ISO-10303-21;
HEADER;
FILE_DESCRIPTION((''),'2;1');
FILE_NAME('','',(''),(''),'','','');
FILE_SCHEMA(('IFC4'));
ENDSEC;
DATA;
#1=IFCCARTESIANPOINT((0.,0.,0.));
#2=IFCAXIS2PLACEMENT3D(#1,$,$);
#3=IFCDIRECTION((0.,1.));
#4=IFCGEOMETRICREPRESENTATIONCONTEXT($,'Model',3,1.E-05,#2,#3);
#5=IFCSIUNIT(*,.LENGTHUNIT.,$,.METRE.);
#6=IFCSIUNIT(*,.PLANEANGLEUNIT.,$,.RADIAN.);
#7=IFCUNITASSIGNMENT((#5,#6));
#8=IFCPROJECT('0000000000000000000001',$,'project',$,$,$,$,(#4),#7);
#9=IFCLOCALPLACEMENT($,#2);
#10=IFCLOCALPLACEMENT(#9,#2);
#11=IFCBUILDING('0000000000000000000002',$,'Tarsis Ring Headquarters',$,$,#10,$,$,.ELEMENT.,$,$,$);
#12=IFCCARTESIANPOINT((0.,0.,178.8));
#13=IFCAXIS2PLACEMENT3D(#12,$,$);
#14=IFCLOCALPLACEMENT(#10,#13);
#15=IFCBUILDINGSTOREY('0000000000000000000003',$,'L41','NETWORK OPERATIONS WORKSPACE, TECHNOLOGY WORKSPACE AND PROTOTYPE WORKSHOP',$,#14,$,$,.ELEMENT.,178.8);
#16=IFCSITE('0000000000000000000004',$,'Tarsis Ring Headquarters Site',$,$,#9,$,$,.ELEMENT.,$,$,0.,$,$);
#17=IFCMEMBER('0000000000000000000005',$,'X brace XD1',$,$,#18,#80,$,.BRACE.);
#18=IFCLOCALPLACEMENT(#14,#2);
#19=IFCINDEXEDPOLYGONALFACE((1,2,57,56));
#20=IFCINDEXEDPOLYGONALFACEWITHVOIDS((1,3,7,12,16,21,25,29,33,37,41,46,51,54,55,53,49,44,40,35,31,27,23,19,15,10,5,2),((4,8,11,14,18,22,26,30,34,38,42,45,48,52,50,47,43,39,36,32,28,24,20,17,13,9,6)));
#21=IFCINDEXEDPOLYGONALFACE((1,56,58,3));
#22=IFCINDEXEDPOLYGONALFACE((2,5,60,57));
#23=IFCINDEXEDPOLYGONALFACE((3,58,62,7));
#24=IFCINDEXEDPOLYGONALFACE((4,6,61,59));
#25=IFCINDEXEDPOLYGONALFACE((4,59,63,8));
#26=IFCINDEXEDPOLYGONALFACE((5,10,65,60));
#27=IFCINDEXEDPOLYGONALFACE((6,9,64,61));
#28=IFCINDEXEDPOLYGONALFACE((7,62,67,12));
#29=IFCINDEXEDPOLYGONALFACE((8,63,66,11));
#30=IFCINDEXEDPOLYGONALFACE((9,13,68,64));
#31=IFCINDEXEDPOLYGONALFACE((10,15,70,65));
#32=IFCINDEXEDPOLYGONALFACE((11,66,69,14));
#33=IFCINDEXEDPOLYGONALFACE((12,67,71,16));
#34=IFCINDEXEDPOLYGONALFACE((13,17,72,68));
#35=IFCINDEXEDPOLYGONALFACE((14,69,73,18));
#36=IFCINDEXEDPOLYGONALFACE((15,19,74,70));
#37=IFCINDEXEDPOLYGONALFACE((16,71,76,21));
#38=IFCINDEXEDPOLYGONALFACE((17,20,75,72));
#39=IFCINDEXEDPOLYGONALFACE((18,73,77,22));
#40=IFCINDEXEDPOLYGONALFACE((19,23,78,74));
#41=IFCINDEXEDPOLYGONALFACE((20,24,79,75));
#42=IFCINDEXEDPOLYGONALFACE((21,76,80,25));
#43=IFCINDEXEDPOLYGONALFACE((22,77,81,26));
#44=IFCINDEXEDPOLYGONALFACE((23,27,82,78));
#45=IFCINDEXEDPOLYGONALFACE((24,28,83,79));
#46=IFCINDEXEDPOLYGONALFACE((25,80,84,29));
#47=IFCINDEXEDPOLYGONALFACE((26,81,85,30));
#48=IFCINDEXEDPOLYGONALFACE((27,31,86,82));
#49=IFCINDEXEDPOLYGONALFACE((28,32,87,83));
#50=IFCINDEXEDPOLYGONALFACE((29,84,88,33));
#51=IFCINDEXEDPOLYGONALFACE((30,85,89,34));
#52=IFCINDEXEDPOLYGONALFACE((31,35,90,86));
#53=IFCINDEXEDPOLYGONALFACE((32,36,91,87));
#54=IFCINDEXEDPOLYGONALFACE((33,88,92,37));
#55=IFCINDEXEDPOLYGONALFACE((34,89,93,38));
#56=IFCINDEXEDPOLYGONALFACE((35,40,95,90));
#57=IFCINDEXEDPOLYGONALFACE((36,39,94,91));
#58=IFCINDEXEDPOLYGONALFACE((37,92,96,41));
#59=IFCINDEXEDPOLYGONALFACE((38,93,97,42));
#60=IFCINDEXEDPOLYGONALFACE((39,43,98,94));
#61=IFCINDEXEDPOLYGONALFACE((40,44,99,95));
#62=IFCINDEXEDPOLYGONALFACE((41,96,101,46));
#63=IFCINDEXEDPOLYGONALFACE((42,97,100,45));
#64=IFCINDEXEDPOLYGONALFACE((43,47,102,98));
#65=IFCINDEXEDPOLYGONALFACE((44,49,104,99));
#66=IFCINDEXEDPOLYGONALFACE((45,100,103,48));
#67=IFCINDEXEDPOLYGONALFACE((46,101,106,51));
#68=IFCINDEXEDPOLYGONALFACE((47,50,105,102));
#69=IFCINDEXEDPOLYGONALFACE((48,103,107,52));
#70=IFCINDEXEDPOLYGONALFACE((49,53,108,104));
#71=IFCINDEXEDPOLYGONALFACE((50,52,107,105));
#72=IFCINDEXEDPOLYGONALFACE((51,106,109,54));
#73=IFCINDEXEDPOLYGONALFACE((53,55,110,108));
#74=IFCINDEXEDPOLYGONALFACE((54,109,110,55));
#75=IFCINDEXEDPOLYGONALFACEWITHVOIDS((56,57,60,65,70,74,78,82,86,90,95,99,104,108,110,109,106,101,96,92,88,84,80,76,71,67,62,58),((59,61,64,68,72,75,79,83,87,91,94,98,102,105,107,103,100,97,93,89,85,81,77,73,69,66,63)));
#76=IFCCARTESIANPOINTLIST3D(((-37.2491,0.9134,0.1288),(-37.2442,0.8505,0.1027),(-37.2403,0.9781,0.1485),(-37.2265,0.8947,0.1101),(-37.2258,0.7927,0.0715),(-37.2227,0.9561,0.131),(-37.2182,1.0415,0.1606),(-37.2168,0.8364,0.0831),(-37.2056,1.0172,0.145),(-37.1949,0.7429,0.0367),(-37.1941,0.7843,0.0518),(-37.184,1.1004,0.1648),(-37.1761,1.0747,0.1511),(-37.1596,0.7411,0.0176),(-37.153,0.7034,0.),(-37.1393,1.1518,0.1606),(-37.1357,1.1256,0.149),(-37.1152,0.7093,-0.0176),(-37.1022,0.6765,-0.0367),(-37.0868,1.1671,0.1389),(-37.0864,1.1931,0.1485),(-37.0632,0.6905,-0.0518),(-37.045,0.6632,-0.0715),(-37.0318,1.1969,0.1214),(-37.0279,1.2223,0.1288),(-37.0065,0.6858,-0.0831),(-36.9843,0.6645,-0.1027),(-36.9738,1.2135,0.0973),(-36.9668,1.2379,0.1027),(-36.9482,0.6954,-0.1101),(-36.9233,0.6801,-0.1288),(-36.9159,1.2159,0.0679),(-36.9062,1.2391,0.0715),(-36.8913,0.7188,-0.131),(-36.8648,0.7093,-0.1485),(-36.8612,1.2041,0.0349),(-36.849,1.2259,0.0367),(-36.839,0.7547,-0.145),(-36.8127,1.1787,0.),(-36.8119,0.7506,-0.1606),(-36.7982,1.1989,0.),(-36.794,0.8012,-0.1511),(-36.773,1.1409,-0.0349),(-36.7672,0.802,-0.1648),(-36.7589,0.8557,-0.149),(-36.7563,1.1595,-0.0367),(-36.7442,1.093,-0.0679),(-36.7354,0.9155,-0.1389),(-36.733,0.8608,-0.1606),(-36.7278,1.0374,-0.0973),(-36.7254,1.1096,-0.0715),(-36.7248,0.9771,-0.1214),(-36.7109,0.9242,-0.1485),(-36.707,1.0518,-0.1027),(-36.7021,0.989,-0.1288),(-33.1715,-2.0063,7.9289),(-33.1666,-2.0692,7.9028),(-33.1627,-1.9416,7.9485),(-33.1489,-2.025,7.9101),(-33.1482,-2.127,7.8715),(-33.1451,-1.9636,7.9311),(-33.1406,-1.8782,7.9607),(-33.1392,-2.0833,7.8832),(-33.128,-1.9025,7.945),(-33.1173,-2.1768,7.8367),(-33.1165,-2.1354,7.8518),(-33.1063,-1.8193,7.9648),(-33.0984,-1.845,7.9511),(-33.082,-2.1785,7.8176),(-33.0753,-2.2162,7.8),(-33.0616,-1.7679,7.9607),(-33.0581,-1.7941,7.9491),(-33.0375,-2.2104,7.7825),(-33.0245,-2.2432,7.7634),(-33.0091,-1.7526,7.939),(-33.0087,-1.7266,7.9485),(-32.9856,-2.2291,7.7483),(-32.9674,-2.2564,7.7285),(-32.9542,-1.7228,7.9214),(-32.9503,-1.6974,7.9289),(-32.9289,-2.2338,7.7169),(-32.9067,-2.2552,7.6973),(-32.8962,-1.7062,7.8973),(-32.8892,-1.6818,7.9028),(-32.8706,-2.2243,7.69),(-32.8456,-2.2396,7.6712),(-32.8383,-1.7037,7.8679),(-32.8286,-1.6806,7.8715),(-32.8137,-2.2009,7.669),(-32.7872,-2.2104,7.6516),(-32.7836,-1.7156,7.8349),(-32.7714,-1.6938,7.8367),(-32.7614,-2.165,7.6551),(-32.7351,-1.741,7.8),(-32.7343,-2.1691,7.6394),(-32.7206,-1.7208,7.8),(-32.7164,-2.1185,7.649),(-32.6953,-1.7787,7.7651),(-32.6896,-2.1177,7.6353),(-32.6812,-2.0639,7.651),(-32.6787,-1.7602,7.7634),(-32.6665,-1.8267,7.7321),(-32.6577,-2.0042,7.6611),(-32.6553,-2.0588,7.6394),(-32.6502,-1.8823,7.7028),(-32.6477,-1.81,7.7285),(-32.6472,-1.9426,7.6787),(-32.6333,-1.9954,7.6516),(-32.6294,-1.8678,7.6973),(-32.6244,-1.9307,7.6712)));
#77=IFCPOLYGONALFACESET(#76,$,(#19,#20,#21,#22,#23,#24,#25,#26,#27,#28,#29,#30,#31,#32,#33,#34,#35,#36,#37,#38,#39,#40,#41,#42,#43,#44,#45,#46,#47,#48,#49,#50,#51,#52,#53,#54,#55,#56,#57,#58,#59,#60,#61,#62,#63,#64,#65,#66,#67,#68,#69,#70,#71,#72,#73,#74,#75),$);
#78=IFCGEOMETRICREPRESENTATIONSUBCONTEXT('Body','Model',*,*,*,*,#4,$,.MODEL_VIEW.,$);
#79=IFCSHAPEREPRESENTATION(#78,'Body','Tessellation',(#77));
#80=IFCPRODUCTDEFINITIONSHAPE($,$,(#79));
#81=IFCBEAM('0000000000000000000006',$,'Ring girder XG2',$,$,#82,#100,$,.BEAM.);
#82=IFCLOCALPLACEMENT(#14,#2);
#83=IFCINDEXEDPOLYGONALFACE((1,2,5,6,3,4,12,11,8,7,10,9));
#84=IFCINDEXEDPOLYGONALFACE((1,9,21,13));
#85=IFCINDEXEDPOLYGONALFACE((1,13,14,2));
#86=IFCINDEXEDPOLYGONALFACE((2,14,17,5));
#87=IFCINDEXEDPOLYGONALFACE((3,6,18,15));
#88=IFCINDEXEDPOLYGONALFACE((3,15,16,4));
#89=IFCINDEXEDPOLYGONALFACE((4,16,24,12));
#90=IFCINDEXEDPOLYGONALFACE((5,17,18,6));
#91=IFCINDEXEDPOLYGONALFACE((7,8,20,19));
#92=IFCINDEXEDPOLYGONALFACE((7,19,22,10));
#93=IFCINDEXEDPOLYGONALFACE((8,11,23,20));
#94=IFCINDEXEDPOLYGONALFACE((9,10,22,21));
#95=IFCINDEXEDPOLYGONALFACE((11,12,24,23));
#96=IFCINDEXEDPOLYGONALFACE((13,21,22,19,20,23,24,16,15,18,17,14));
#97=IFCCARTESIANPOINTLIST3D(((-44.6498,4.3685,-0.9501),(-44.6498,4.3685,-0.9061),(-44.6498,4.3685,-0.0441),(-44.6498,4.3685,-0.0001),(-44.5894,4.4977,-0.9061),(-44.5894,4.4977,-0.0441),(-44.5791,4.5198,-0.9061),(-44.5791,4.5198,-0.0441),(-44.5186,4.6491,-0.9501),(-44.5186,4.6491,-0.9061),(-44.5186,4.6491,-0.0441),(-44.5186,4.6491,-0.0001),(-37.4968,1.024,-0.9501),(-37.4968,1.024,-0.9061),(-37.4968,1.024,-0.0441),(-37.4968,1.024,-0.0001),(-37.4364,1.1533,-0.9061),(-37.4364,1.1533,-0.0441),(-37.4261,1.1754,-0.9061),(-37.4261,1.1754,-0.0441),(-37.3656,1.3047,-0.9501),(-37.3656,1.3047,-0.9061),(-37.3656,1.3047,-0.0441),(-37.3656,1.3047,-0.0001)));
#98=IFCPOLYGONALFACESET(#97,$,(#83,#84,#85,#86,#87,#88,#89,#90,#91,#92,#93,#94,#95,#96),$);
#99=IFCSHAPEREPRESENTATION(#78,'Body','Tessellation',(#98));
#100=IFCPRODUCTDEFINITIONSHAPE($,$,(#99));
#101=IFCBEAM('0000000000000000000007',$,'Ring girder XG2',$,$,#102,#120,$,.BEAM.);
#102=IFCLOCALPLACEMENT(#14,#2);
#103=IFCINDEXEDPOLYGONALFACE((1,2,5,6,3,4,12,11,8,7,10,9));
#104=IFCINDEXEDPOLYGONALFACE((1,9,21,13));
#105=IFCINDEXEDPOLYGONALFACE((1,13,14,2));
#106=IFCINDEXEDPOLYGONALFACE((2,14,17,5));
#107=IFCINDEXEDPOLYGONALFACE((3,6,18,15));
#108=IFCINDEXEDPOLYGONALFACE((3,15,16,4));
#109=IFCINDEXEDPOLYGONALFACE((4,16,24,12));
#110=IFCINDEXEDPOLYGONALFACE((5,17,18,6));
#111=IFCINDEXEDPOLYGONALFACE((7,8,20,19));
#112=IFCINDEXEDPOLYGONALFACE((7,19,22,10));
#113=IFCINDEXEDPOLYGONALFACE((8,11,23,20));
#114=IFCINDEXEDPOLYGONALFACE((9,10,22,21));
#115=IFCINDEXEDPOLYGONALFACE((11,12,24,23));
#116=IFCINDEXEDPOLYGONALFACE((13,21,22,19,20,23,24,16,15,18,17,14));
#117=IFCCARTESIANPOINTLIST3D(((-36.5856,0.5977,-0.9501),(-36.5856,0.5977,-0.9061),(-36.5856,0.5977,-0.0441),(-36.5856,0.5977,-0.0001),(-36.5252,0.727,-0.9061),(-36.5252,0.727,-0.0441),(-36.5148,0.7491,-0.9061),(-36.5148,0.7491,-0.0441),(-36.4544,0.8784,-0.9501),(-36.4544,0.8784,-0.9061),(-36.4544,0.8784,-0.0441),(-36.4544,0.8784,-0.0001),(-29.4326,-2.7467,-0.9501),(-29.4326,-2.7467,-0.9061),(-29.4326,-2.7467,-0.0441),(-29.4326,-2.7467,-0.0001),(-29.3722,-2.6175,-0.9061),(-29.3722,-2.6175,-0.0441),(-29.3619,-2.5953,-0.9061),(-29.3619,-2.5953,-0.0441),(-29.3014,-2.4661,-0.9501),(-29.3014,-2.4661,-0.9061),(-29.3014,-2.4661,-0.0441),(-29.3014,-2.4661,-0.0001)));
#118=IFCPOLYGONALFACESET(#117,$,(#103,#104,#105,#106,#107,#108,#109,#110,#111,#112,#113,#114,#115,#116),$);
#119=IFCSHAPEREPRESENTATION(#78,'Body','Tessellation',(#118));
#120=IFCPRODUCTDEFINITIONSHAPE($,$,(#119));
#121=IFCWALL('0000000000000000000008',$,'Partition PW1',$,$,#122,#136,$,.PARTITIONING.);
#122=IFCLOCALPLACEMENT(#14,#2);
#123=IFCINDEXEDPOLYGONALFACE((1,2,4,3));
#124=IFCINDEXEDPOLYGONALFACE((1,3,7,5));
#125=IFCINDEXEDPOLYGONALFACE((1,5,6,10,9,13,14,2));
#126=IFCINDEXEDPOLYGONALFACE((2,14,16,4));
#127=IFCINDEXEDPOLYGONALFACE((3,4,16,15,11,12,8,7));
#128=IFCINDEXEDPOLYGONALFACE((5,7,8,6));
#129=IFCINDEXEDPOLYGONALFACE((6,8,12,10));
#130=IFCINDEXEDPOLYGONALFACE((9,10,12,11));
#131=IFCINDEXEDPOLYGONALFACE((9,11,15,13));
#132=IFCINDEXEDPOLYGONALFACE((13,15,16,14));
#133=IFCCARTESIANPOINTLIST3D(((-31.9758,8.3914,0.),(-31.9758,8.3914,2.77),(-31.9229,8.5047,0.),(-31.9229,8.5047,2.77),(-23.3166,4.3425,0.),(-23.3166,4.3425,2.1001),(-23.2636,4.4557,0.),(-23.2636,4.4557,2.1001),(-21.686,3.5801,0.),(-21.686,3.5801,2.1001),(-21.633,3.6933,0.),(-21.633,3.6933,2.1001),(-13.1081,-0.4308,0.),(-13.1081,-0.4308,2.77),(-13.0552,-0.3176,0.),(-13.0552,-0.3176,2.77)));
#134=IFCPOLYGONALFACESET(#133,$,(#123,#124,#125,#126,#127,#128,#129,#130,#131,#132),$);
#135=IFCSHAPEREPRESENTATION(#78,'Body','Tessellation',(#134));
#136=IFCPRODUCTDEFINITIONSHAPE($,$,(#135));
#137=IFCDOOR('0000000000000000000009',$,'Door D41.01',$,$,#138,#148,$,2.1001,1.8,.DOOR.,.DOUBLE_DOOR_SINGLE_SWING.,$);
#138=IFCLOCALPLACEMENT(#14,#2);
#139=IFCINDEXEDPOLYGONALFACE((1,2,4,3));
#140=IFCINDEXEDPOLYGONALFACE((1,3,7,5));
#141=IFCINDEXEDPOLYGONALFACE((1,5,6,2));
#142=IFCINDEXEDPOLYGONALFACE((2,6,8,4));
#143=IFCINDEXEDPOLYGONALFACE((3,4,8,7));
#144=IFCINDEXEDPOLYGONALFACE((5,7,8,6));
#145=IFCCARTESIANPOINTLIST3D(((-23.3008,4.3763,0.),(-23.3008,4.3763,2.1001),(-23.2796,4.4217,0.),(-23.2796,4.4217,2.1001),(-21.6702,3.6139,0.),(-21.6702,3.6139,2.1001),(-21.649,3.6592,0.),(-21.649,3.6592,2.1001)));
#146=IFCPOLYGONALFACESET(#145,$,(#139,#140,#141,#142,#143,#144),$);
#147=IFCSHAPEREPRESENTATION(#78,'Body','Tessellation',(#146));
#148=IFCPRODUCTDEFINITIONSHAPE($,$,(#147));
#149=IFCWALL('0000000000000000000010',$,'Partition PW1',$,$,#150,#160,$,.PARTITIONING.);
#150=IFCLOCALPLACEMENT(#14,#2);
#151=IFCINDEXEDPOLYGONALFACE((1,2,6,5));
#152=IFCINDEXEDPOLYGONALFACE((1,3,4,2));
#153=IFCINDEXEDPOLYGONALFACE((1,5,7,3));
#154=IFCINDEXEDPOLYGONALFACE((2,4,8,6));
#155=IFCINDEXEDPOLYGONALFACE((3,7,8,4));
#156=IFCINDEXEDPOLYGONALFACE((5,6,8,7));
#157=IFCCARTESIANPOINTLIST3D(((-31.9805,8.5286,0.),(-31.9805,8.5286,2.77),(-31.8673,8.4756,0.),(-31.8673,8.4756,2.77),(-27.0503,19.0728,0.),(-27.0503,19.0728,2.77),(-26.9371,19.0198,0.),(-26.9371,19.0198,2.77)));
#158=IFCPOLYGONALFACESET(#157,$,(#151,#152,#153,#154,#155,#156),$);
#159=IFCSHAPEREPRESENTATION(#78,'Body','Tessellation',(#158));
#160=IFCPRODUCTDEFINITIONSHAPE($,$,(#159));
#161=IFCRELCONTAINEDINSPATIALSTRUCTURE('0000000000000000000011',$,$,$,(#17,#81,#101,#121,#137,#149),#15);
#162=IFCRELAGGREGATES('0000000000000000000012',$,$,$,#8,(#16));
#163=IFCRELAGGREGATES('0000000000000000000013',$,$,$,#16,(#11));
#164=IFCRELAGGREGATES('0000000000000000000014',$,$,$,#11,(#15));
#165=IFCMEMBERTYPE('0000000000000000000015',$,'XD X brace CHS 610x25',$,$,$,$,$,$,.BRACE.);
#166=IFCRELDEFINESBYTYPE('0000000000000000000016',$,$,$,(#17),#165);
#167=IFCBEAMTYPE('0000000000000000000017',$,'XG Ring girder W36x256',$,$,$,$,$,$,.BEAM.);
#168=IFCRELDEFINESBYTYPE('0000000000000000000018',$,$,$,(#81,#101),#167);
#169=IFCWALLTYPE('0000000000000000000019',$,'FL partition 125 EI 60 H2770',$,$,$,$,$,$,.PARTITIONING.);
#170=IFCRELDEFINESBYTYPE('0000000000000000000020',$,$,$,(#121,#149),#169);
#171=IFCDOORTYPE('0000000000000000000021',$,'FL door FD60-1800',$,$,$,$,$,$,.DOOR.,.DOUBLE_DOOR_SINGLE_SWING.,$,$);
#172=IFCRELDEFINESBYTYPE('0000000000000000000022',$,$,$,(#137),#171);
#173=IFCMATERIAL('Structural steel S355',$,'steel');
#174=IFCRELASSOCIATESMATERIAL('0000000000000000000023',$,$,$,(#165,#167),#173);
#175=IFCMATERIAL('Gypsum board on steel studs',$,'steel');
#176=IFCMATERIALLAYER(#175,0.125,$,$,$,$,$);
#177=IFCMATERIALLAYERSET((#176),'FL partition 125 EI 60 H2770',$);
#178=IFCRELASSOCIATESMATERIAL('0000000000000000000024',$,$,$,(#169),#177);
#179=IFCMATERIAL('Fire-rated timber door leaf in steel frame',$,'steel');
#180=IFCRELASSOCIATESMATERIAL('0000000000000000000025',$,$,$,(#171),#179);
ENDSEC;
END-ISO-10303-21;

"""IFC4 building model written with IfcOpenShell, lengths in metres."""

from ifc_helpers import new_model, si_unit, direction, frame, frame_2d, origin, origin_2d, place, context, subcontext, project, spatial, rectangle, hollow_circle, i_section, extrude, material, layer, layer_set, material_profile, profile_set, type_object, element, fill, save


model = new_model("IFC4")

# Units and contexts
model_context = context("Model", 3, precision=1e-05, world=origin(), true_north=direction((0.0, 1.0)))
body_context = subcontext(model_context, "Body", "Model", "MODEL_VIEW")
ifc_project = project(units=[si_unit("LENGTHUNIT", "METRE"), si_unit("PLANEANGLEUNIT", "RADIAN")], contexts=[model_context])

# Site, building, storey
site_placement = place(None, origin())
site = spatial("IfcSite", under=ifc_project, at=site_placement, Name="Tarsis Ring Headquarters Site", CompositionType="ELEMENT", RefElevation=0.0)
building_placement = place(site_placement, origin())
building = spatial("IfcBuilding", under=site, at=building_placement, Name="Tarsis Ring Headquarters", CompositionType="ELEMENT")
storey_placement = place(building_placement, frame((0.0, 0.0, 178.8)))
storey = spatial("IfcBuildingStorey", under=building, at=storey_placement, Name="L41", Description="NETWORK OPERATIONS WORKSPACE, TECHNOLOGY WORKSPACE AND PROTOTYPE WORKSHOP", CompositionType="ELEMENT", Elevation=178.8)

# Shared definitions
ifc_material_1 = material(Name="Structural steel S355", Category="steel")

# Member
ifc_material_profile_1 = material_profile(ifc_material_1, hollow_circle(Radius=0.3047, WallThickness=0.0249, at=origin_2d()), Name="CHS 610x25")
ifc_profile_set_1 = profile_set([ifc_material_profile_1], Name="Structural steel S355")
member_type = type_object("IfcMemberType", Name="XD X brace CHS 610x25", PredefinedType="BRACE", material=ifc_profile_set_1)
member_placement = place(storey_placement, frame((-36.9756, 0.9512, 0.0), z_axis=(0.439722, -0.314851, 0.841138), x_axis=(0.582173, 0.813065, 0.0)))
element("IfcMember", 1, at=member_placement, inside=storey, type_object=member_type, Name="X brace XD1", PredefinedType="BRACE", context=body_context, shape_type="SweptSolid", body=[
    extrude(hollow_circle(Radius=0.3047, WallThickness=0.0249, at=origin_2d()), origin(), (0.0, 0.0, 1.0), 9.2732),
])

# Beams
ifc_material_profile_2 = material_profile(ifc_material_1, i_section(OverallWidth=0.3098, OverallDepth=0.95, WebThickness=0.0244, FlangeThickness=0.0439, at=origin_2d()), Name="W36x256")
ifc_profile_set_2 = profile_set([ifc_material_profile_2], Name="Structural steel S355")
beam_type = type_object("IfcBeamType", Name="XG Ring girder W36x256", PredefinedType="BEAM", material=ifc_profile_set_2)
for number, where, z_axis, x_axis, name in (
    (2, (-44.5842, 4.5088, -0.4751), (0.905873, -0.423549, 0.0), (0.423549, 0.905873, 0.0), "Ring girder XG2"),
    (3, (-36.52, 0.738, -0.4751), (0.905873, -0.423549, 0.0), (0.423549, 0.905873, 0.0), "Ring girder XG2"),
):
    element("IfcBeam", number, at=place(storey_placement, frame(where, z_axis=z_axis, x_axis=x_axis)), inside=storey, type_object=beam_type, Name=name, PredefinedType="BEAM", context=body_context, shape_type="SweptSolid", body=[
        extrude(i_section(OverallWidth=0.3098, OverallDepth=0.95, WebThickness=0.0244, FlangeThickness=0.0439, at=origin_2d()), origin(), (0.0, 0.0, 1.0), 7.8962),
    ])

# Wall, opening, door
ifc_material_2 = material(Name="Gypsum board on steel studs", Category="steel")
ifc_layer_1 = layer(ifc_material_2, 0.125)
ifc_layer_set_1 = layer_set([ifc_layer_1], Name="FL partition 125 EI 60 H2770")
wall_type_1 = type_object("IfcWallType", Name="FL partition 125 EI 60 H2770", PredefinedType="PARTITIONING", material=ifc_layer_set_1)
wall_1_placement = place(storey_placement, frame((-31.9492, 8.448, 0.0), z_axis=(0.0, 0.0, 1.0), x_axis=(0.905864, -0.423569, 0.0)))
wall_1 = element("IfcWall", 4, at=wall_1_placement, inside=storey, type_object=wall_type_1, Name="Partition PW1", PredefinedType="PARTITIONING", context=body_context, shape_type="SweptSolid", body=[
    extrude(rectangle(XDim=20.8284, YDim=0.125, at=frame_2d((10.4141, 0.0))), origin(), (0.0, 0.0, 1.0), 2.77),
])
opening_1_placement = place(wall_1_placement, frame((9.5591, 0.0, 0.0)))
opening_1 = element("IfcOpeningElement", 5, at=opening_1_placement, cuts=wall_1, PredefinedType="OPENING", context=body_context, shape_type="SweptSolid", body=[
    extrude(rectangle(XDim=1.8, YDim=2.1001, at=frame_2d((0.8999, 1.05))), frame((0.0, 0.0725, 0.0), z_axis=(0.0, -1.0, 0.0), x_axis=(1.0, 0.0, 0.0)), (0.0, 0.0, 1.0), 0.145),
])
ifc_material_3 = material(Name="Fire-rated timber door leaf in steel frame", Category="steel")
door_type = type_object("IfcDoorType", Name="FL door FD60-1800", OperationType="DOUBLE_DOOR_SINGLE_SWING", PredefinedType="DOOR", material=ifc_material_3)
door_placement = place(opening_1_placement, origin())
door = element("IfcDoor", 6, at=door_placement, inside=storey, type_object=door_type, Name="Door D41.01", OperationType="DOUBLE_DOOR_SINGLE_SWING", OverallHeight=2.1001, OverallWidth=1.8, PredefinedType="DOOR", context=body_context, shape_type="SweptSolid", body=[
    extrude(rectangle(XDim=1.8, YDim=2.1001, at=frame_2d((0.8999, 1.05))), frame((0.0, 0.0249, 0.0), z_axis=(0.0, -1.0, 0.0), x_axis=(1.0, 0.0, 0.0)), (0.0, 0.0, 1.0), 0.05),
])
fill(opening_1, door)

# Wall
wall_2_placement = place(storey_placement, frame((-31.9238, 8.5022, 0.0), z_axis=(0.0, 0.0, 1.0), x_axis=(0.423559, 0.905868, 0.0)))
element("IfcWall", 7, at=wall_2_placement, inside=storey, type_object=wall_type_1, Name="Partition PW1", PredefinedType="PARTITIONING", context=body_context, shape_type="SweptSolid", body=[
    extrude(rectangle(XDim=11.6399, YDim=0.125, at=frame_2d((5.8198, 0.0))), origin(), (0.0, 0.0, 1.0), 2.77),
])

save(model, "model.ifc")
